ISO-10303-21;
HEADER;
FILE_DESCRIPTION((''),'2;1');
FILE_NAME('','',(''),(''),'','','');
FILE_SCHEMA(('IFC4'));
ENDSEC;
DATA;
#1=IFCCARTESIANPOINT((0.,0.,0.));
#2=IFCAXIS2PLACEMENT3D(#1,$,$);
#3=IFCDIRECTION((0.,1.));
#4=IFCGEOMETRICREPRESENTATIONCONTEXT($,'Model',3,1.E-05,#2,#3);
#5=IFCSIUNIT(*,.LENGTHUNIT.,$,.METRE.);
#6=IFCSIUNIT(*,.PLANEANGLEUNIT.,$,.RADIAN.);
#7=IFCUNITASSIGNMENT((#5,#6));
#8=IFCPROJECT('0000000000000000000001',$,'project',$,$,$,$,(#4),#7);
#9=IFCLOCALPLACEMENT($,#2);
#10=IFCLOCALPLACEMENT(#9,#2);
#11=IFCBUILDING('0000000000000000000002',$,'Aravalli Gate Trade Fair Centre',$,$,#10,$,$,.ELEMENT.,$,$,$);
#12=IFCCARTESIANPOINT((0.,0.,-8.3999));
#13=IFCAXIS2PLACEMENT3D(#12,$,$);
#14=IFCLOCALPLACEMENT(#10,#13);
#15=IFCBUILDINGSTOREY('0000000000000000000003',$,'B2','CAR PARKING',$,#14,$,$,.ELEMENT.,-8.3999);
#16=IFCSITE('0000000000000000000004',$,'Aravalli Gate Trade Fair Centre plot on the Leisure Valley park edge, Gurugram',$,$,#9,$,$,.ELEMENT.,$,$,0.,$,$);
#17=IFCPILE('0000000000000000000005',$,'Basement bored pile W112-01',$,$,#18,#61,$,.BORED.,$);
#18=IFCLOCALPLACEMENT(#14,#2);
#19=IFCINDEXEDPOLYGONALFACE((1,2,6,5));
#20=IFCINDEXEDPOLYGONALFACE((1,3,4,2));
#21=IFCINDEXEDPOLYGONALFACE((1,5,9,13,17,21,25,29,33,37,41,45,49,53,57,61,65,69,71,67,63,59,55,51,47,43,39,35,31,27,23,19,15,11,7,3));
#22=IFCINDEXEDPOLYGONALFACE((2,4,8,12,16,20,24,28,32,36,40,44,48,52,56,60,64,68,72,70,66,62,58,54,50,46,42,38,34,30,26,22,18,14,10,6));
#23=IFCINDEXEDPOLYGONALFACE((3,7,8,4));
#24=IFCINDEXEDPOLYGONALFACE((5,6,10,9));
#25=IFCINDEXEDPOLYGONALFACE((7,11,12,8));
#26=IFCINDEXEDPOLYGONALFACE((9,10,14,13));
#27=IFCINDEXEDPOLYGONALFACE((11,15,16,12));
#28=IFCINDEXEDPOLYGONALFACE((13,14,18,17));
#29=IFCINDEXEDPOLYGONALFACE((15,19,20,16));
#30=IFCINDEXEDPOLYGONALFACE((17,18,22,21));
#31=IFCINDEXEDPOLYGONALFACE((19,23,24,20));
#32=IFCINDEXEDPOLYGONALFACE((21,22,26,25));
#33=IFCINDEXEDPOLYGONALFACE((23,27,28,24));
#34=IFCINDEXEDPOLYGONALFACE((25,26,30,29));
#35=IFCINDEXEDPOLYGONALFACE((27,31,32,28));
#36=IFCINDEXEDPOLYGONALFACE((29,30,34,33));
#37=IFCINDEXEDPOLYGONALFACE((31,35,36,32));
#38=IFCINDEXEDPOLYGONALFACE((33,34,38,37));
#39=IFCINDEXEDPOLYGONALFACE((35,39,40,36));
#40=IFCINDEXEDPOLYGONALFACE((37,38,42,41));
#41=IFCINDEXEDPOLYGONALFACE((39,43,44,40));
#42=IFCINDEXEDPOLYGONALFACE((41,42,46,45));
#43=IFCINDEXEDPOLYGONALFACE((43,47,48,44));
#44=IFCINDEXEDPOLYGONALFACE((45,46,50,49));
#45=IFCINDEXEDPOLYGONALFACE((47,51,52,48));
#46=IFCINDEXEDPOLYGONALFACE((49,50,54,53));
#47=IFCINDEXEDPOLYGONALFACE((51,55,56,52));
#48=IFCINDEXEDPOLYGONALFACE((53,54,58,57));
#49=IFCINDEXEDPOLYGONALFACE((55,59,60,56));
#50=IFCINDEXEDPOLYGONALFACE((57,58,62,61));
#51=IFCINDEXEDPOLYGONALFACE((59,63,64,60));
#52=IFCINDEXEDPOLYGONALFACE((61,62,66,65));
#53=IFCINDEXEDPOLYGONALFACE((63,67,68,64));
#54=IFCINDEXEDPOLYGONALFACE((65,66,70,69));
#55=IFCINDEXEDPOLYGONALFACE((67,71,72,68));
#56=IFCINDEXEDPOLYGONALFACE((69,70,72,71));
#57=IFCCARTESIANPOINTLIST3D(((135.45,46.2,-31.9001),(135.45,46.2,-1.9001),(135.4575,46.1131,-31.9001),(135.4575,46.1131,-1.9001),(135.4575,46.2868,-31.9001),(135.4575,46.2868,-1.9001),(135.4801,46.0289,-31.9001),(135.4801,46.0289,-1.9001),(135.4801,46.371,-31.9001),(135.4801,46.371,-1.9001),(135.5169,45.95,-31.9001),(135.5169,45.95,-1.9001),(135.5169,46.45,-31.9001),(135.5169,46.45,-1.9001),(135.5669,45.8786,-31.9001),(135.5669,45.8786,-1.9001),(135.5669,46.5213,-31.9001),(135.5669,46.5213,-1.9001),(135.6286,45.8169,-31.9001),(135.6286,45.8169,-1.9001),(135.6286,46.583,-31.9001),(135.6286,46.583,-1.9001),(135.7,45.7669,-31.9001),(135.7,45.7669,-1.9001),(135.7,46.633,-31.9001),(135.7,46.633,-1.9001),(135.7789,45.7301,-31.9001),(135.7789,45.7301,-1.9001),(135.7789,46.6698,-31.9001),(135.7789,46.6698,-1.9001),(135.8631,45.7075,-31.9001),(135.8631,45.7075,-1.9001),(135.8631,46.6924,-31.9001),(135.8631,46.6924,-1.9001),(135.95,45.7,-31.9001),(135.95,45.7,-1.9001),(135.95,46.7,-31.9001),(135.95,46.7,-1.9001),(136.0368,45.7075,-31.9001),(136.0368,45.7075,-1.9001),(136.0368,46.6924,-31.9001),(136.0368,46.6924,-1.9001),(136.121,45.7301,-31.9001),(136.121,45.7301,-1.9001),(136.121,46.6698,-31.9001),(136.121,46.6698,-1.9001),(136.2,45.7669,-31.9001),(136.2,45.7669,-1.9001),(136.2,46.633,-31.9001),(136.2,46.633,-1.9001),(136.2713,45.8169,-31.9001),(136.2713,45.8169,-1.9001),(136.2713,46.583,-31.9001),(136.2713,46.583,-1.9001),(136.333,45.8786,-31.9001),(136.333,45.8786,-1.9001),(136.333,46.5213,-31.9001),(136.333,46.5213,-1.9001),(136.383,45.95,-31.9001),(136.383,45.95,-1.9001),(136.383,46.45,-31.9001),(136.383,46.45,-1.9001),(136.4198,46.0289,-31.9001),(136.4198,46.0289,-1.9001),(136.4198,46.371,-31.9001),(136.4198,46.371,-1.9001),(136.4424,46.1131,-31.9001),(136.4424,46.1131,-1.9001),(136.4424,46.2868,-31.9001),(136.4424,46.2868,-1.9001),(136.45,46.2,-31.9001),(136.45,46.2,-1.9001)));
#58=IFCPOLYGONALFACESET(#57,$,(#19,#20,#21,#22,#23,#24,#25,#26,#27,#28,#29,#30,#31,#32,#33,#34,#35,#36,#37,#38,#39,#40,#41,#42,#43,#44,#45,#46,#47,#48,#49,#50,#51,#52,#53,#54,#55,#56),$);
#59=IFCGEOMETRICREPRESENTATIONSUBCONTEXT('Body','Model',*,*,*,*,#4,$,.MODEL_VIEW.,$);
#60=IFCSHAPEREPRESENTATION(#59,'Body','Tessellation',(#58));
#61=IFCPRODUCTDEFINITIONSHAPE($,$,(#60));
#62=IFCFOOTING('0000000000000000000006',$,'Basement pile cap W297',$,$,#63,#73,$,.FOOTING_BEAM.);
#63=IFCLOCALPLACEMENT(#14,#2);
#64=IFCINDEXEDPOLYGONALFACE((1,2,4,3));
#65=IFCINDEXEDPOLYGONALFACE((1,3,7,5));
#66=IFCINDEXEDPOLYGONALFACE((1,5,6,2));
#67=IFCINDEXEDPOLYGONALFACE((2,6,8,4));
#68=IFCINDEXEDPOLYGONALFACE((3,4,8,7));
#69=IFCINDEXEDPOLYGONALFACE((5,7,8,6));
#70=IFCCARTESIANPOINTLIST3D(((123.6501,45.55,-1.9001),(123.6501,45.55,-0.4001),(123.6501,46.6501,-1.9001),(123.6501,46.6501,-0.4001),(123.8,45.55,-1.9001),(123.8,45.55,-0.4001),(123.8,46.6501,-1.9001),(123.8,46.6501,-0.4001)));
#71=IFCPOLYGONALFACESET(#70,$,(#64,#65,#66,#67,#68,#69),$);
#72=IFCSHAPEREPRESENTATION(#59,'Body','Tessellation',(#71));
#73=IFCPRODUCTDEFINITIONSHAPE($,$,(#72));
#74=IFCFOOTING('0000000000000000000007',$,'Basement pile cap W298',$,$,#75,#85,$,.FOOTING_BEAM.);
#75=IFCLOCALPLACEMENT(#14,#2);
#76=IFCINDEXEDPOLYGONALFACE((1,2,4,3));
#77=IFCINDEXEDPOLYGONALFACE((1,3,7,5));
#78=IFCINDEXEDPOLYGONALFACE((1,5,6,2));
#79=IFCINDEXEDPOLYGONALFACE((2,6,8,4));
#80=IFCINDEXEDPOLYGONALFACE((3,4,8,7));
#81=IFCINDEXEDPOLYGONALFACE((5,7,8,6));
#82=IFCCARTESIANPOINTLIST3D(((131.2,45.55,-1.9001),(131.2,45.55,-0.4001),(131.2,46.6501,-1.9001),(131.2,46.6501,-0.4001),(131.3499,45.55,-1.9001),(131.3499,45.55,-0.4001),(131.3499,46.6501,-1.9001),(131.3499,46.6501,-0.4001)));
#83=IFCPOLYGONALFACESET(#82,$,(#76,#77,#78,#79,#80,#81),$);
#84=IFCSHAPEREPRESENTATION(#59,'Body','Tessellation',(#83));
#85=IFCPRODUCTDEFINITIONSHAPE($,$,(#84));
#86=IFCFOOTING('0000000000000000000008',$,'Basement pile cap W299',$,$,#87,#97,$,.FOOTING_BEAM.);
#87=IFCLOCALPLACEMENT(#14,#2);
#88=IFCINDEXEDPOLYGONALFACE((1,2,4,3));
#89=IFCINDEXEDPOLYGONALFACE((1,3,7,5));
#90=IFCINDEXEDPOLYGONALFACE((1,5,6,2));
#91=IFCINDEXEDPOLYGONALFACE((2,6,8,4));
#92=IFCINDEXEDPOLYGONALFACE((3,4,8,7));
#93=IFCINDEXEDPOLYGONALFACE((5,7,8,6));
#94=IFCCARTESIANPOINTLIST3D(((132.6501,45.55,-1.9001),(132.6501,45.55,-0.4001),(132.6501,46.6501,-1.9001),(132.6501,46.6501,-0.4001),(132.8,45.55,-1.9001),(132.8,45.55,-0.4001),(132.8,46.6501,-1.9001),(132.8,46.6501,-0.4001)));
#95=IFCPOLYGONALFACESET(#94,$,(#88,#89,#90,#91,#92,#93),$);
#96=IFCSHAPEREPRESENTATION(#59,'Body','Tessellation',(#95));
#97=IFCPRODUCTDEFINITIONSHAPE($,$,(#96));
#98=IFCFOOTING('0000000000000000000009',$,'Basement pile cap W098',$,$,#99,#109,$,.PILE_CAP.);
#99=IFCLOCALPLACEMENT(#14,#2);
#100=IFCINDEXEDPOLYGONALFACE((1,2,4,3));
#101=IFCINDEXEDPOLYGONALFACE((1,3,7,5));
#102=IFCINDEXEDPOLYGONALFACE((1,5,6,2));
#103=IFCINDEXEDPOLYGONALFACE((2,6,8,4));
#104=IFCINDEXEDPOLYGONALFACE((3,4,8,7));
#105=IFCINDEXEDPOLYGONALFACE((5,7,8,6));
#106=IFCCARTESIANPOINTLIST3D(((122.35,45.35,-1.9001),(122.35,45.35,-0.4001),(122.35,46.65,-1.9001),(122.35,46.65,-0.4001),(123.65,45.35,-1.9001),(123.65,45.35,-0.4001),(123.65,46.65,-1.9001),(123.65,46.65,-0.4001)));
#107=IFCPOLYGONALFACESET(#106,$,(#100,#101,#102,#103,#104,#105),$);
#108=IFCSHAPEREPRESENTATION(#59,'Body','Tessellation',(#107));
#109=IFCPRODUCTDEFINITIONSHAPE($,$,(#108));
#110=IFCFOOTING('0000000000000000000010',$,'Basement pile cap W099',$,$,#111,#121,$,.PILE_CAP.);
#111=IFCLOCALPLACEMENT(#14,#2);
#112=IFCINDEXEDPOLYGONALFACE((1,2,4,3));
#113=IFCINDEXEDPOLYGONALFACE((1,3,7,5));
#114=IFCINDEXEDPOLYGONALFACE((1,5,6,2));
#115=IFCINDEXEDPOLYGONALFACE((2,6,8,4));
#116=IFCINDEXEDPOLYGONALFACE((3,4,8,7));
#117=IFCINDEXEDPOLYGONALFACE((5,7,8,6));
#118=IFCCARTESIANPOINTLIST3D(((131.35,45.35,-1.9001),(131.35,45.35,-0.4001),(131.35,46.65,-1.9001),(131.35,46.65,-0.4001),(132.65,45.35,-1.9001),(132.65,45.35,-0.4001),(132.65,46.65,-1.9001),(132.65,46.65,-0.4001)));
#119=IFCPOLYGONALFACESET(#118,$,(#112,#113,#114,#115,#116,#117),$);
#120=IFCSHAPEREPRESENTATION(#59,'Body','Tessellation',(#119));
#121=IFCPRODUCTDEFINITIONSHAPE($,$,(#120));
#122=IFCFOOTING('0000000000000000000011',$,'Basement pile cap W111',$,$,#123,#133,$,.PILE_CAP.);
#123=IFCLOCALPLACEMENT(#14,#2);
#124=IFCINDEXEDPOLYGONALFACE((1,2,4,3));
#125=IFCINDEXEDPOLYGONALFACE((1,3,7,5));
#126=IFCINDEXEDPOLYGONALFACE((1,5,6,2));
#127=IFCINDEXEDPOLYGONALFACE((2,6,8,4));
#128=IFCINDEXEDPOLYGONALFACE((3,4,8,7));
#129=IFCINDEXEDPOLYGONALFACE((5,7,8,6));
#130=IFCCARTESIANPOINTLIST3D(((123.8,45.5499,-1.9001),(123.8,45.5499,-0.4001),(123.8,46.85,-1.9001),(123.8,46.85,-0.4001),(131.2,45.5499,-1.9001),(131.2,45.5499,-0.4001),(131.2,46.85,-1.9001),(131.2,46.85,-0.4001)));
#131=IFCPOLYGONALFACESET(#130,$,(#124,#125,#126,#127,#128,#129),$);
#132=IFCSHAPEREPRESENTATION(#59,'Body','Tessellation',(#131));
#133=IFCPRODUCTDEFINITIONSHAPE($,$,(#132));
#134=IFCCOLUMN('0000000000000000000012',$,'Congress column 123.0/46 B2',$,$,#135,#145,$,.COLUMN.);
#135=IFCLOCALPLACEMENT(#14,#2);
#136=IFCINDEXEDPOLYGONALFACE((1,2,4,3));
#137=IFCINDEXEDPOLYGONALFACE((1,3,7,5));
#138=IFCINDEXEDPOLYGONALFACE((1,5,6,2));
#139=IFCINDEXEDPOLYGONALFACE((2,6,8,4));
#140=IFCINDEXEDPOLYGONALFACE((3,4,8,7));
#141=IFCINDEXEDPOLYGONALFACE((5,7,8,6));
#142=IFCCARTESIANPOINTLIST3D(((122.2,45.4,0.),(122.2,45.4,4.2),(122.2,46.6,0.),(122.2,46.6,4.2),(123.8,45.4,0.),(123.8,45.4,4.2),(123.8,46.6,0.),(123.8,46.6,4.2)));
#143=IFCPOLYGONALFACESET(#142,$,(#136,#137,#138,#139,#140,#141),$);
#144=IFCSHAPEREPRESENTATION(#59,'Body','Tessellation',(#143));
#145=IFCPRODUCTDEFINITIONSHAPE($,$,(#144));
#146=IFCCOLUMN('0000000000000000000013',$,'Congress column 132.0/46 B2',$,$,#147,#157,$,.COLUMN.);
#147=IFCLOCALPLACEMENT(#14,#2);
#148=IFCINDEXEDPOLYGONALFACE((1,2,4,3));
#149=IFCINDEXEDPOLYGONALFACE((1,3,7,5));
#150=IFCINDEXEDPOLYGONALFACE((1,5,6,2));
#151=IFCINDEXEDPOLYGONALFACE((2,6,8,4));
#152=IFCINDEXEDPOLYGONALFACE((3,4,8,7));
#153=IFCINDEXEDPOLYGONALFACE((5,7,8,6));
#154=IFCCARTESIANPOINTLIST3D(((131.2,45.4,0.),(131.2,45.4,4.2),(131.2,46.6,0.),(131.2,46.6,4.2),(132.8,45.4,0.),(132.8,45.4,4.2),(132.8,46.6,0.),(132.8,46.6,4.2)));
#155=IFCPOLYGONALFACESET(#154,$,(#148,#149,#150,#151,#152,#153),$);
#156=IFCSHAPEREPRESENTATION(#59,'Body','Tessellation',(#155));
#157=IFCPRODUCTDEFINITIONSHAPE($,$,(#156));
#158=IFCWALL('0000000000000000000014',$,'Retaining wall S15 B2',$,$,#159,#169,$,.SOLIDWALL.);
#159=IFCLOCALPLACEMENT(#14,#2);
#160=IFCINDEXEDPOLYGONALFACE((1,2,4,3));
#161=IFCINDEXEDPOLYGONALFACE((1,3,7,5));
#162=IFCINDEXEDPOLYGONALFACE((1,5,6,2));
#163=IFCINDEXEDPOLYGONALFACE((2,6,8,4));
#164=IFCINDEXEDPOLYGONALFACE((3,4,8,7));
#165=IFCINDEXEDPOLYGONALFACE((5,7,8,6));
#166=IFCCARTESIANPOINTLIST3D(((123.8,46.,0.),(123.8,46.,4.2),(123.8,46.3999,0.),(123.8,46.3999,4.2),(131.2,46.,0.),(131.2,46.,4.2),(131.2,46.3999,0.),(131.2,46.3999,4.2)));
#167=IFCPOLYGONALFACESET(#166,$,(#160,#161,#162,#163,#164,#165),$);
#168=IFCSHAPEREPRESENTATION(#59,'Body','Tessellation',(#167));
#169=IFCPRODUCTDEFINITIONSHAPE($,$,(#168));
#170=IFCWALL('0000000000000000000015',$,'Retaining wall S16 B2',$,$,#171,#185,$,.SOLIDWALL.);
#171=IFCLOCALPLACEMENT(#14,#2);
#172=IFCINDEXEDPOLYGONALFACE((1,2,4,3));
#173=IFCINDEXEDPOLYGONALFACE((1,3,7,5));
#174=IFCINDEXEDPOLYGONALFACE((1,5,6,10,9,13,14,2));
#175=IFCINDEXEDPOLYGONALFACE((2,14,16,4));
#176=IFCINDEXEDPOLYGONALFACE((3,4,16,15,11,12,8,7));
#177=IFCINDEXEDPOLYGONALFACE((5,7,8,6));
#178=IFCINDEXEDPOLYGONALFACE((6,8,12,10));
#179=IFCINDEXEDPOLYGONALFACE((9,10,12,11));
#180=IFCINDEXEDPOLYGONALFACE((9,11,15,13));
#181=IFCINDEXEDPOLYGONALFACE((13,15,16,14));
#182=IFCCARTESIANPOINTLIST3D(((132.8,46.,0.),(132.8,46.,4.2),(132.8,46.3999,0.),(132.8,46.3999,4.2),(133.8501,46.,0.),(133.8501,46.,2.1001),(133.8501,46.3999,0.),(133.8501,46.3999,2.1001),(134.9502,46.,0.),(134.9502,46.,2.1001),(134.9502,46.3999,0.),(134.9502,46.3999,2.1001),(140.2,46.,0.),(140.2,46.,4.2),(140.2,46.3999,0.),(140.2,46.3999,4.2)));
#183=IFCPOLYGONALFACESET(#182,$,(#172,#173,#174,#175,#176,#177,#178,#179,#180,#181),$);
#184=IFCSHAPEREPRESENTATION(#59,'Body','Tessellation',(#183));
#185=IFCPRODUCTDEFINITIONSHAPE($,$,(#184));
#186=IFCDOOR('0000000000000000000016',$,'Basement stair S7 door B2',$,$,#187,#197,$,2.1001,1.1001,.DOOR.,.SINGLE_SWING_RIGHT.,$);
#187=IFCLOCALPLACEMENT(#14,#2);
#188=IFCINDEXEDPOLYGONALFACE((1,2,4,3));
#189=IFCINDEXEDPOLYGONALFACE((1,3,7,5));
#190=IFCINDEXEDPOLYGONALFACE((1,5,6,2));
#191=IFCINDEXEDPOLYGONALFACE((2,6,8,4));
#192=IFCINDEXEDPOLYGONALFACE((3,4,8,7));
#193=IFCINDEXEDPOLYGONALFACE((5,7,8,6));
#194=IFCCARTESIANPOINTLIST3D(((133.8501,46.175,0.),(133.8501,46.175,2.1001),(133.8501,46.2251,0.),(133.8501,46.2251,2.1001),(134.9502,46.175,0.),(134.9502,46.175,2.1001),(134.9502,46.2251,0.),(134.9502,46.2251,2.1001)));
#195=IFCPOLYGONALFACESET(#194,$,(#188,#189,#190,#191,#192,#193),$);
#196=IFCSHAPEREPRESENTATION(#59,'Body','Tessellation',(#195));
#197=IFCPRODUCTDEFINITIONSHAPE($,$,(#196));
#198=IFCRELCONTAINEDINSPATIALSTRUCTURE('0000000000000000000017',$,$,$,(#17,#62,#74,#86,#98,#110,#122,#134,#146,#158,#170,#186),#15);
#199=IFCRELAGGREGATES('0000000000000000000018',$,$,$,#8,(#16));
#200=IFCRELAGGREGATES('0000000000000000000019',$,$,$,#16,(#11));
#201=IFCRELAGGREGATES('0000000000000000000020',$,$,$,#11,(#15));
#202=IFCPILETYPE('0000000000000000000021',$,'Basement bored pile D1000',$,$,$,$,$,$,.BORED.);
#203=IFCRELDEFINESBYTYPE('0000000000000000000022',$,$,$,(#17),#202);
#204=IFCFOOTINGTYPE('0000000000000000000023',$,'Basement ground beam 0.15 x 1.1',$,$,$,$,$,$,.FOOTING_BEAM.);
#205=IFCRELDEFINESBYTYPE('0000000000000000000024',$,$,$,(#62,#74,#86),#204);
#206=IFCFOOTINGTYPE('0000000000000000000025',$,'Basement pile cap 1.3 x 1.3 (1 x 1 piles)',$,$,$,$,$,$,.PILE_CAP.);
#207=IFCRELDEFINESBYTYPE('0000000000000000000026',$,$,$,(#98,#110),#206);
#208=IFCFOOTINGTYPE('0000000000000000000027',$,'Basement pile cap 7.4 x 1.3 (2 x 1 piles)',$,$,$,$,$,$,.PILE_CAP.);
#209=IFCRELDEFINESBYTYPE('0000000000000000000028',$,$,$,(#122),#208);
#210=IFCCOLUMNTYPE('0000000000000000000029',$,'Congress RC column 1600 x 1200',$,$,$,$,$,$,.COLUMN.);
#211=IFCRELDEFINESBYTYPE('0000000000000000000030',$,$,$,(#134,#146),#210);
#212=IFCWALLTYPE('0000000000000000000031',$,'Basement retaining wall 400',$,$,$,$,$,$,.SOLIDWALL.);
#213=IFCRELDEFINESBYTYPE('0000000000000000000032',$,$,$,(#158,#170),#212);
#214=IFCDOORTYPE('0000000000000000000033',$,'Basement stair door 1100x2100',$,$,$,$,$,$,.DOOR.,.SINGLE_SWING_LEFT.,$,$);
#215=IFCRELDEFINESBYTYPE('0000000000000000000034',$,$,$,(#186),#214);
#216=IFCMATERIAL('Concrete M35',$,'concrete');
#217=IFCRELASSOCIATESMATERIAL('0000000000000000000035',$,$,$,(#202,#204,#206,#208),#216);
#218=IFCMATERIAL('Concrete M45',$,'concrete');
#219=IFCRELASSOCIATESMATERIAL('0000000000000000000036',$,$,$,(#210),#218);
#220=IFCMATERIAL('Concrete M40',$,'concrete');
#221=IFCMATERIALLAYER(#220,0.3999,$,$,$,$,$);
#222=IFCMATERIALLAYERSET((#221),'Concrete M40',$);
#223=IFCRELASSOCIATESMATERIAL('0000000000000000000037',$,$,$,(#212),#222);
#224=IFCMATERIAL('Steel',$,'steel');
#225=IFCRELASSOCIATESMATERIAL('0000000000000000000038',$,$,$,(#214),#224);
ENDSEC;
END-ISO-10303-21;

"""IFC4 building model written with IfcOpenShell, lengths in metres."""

from ifc_helpers import new_model, si_unit, direction, frame, frame_2d, origin, origin_2d, place, context, subcontext, project, spatial, rectangle, circle, extrude, material, layer, layer_set, material_profile, profile_set, type_object, element, fill, save


model = new_model("IFC4")

# Units and contexts
model_context = context("Model", 3, precision=1e-05, world=origin(), true_north=direction((0.0, 1.0)))
body_context = subcontext(model_context, "Body", "Model", "MODEL_VIEW")
ifc_project = project(units=[si_unit("LENGTHUNIT", "METRE"), si_unit("PLANEANGLEUNIT", "RADIAN")], contexts=[model_context])

# Site, building, storey
site_placement = place(None, origin())
site = spatial("IfcSite", under=ifc_project, at=site_placement, Name="Aravalli Gate Trade Fair Centre plot on the Leisure Valley park edge, Gurugram", CompositionType="ELEMENT", RefElevation=0.0)
building_placement = place(site_placement, origin())
building = spatial("IfcBuilding", under=site, at=building_placement, Name="Aravalli Gate Trade Fair Centre", CompositionType="ELEMENT")
storey_placement = place(building_placement, frame((0.0, 0.0, -8.3999)))
storey = spatial("IfcBuildingStorey", under=building, at=storey_placement, Name="B2", Description="CAR PARKING", CompositionType="ELEMENT", Elevation=-8.3999)

# Pile
ifc_material_1 = material(Name="Concrete M35", Category="concrete")
ifc_material_profile_1 = material_profile(ifc_material_1, circle(Radius=0.5, at=origin_2d()), Name="D1000")
ifc_profile_set_1 = profile_set([ifc_material_profile_1], Name="Concrete M35")
pile_type = type_object("IfcPileType", Name="Basement bored pile D1000", PredefinedType="BORED", material=ifc_profile_set_1)
for number, where, z_axis, x_axis, name in (
    (1, (135.95, 46.2, -1.9001), (0.0, 0.0, -1.0), (1.0, 0.0, 0.0), "Basement bored pile W112-01"),
):
    element("IfcPile", number, at=place(storey_placement, frame(where, z_axis=z_axis, x_axis=x_axis)), inside=storey, type_object=pile_type, Name=name, PredefinedType="BORED", context=body_context, shape_type="SweptSolid", body=[
        extrude(circle(Radius=0.5, at=origin_2d()), origin(), (0.0, 0.0, 1.0), 30.0),
    ])

# Footings
footing_type_1 = type_object("IfcFootingType", Name="Basement ground beam 0.15 x 1.1", PredefinedType="FOOTING_BEAM", material=ifc_material_1)
for number, where, z_axis, x_axis, name in (
    (2, (123.7251, 46.1001, -1.9001), (0.0, 0.0, 1.0), (1.0, 0.0, 0.0), "Basement pile cap W297"),
    (3, (131.2749, 46.1001, -1.9001), (0.0, 0.0, 1.0), (1.0, 0.0, 0.0), "Basement pile cap W298"),
    (4, (132.7251, 46.1001, -1.9001), (0.0, 0.0, 1.0), (1.0, 0.0, 0.0), "Basement pile cap W299"),
):
    element("IfcFooting", number, at=place(storey_placement, frame(where, z_axis=z_axis, x_axis=x_axis)), inside=storey, type_object=footing_type_1, Name=name, PredefinedType="FOOTING_BEAM", context=body_context, shape_type="SweptSolid", body=[
        extrude(rectangle(XDim=0.1499, YDim=1.1001, at=origin_2d()), origin(), (0.0, 0.0, 1.0), 1.5),
    ])
footing_type_2 = type_object("IfcFootingType", Name="Basement pile cap 1.3 x 1.3 (1 x 1 piles)", PredefinedType="PILE_CAP", material=ifc_material_1)
for number, where, z_axis, x_axis, name in (
    (5, (123.0, 46.0, -1.9001), (0.0, 0.0, 1.0), (1.0, 0.0, 0.0), "Basement pile cap W098"),
    (6, (132.0, 46.0, -1.9001), (0.0, 0.0, 1.0), (1.0, 0.0, 0.0), "Basement pile cap W099"),
):
    element("IfcFooting", number, at=place(storey_placement, frame(where, z_axis=z_axis, x_axis=x_axis)), inside=storey, type_object=footing_type_2, Name=name, PredefinedType="PILE_CAP", context=body_context, shape_type="SweptSolid", body=[
        extrude(rectangle(XDim=1.3, YDim=1.3, at=origin_2d()), origin(), (0.0, 0.0, 1.0), 1.5),
    ])
footing_type_3 = type_object("IfcFootingType", Name="Basement pile cap 7.4 x 1.3 (2 x 1 piles)", PredefinedType="PILE_CAP", material=ifc_material_1)
footing_placement = place(storey_placement, frame((127.5, 46.2, -1.9001), z_axis=(0.0, 0.0, 1.0), x_axis=(1.0, 0.0, 0.0)))
element("IfcFooting", 7, at=footing_placement, inside=storey, type_object=footing_type_3, Name="Basement pile cap W111", PredefinedType="PILE_CAP", context=body_context, shape_type="SweptSolid", body=[
    extrude(rectangle(XDim=7.3999, YDim=1.3, at=origin_2d()), origin(), (0.0, 0.0, 1.0), 1.5),
])

# Columns
ifc_material_2 = material(Name="Concrete M45", Category="concrete")
ifc_material_profile_2 = material_profile(ifc_material_2, rectangle(XDim=1.6001, YDim=1.2, at=origin_2d()), Name="RC 1600x1200")
ifc_profile_set_2 = profile_set([ifc_material_profile_2], Name="Concrete M45")
column_type = type_object("IfcColumnType", Name="Congress RC column 1600 x 1200", PredefinedType="COLUMN", material=ifc_profile_set_2)
for number, where, z_axis, x_axis, name in (
    (8, (123.0, 46.0, 0.0), (0.0, 0.0, 1.0), (1.0, 0.0, 0.0), "Congress column 123.0/46 B2"),
    (9, (132.0, 46.0, 0.0), (0.0, 0.0, 1.0), (1.0, 0.0, 0.0), "Congress column 132.0/46 B2"),
):
    element("IfcColumn", number, at=place(storey_placement, frame(where, z_axis=z_axis, x_axis=x_axis)), inside=storey, type_object=column_type, Name=name, PredefinedType="COLUMN", context=body_context, shape_type="SweptSolid", body=[
        extrude(rectangle(XDim=1.6001, YDim=1.2, at=origin_2d()), origin(), (0.0, 0.0, 1.0), 4.2),
    ])

# Wall
ifc_material_3 = material(Name="Concrete M40", Category="concrete")
ifc_layer_1 = layer(ifc_material_3, 0.3999)
ifc_layer_set_1 = layer_set([ifc_layer_1], Name="Concrete M40")
wall_type_1 = type_object("IfcWallType", Name="Basement retaining wall 400", PredefinedType="SOLIDWALL", material=ifc_layer_set_1)
wall_1_placement = place(storey_placement, frame((123.8, 46.2, 0.0), z_axis=(0.0, 0.0, 1.0), x_axis=(1.0, 0.0, 0.0)))
element("IfcWall", 10, at=wall_1_placement, inside=storey, type_object=wall_type_1, Name="Retaining wall S15 B2", PredefinedType="SOLIDWALL", context=body_context, shape_type="SweptSolid", body=[
    extrude(rectangle(XDim=7.3999, YDim=0.3999, at=frame_2d((3.7, 0.0))), origin(), (0.0, 0.0, 1.0), 4.2),
])

# Wall, opening, door
wall_2_placement = place(storey_placement, frame((132.8, 46.2, 0.0), z_axis=(0.0, 0.0, 1.0), x_axis=(1.0, 0.0, 0.0)))
wall_2 = element("IfcWall", 11, at=wall_2_placement, inside=storey, type_object=wall_type_1, Name="Retaining wall S16 B2", PredefinedType="SOLIDWALL", context=body_context, shape_type="SweptSolid", body=[
    extrude(rectangle(XDim=7.3999, YDim=0.3999, at=frame_2d((3.7, 0.0))), origin(), (0.0, 0.0, 1.0), 4.2),
])
opening_placement = place(wall_2_placement, frame((1.05, 0.0, 0.0)))
opening = element("IfcOpeningElement", 12, at=opening_placement, cuts=wall_2, PredefinedType="OPENING", context=body_context, shape_type="SweptSolid", body=[
    extrude(rectangle(XDim=1.1001, YDim=2.1001, at=frame_2d((0.55, 1.05))), frame((0.0, 0.21, 0.0), z_axis=(0.0, -1.0, 0.0), x_axis=(1.0, 0.0, 0.0)), (0.0, 0.0, 1.0), 0.4199),
])
ifc_material_4 = material(Name="Steel", Category="steel")
door_type = type_object("IfcDoorType", Name="Basement stair door 1100x2100", OperationType="SINGLE_SWING_LEFT", PredefinedType="DOOR", material=ifc_material_4)
door_placement = place(opening_placement, frame((1.1001, 0.0, 0.0), z_axis=(0.0, 0.0, 1.0), x_axis=(-1.0, 0.0, 0.0)))
door = element("IfcDoor", 13, at=door_placement, inside=storey, type_object=door_type, Name="Basement stair S7 door B2", OperationType="SINGLE_SWING_RIGHT", OverallHeight=2.1001, OverallWidth=1.1001, PredefinedType="DOOR", context=body_context, shape_type="SweptSolid", body=[
    extrude(rectangle(XDim=1.1001, YDim=2.1001, at=frame_2d((0.55, 1.05))), frame((0.0, 0.0249, 0.0), z_axis=(0.0, -1.0, 0.0), x_axis=(1.0, 0.0, 0.0)), (0.0, 0.0, 1.0), 0.05),
])
fill(opening, door)

save(model, "model.ifc")
